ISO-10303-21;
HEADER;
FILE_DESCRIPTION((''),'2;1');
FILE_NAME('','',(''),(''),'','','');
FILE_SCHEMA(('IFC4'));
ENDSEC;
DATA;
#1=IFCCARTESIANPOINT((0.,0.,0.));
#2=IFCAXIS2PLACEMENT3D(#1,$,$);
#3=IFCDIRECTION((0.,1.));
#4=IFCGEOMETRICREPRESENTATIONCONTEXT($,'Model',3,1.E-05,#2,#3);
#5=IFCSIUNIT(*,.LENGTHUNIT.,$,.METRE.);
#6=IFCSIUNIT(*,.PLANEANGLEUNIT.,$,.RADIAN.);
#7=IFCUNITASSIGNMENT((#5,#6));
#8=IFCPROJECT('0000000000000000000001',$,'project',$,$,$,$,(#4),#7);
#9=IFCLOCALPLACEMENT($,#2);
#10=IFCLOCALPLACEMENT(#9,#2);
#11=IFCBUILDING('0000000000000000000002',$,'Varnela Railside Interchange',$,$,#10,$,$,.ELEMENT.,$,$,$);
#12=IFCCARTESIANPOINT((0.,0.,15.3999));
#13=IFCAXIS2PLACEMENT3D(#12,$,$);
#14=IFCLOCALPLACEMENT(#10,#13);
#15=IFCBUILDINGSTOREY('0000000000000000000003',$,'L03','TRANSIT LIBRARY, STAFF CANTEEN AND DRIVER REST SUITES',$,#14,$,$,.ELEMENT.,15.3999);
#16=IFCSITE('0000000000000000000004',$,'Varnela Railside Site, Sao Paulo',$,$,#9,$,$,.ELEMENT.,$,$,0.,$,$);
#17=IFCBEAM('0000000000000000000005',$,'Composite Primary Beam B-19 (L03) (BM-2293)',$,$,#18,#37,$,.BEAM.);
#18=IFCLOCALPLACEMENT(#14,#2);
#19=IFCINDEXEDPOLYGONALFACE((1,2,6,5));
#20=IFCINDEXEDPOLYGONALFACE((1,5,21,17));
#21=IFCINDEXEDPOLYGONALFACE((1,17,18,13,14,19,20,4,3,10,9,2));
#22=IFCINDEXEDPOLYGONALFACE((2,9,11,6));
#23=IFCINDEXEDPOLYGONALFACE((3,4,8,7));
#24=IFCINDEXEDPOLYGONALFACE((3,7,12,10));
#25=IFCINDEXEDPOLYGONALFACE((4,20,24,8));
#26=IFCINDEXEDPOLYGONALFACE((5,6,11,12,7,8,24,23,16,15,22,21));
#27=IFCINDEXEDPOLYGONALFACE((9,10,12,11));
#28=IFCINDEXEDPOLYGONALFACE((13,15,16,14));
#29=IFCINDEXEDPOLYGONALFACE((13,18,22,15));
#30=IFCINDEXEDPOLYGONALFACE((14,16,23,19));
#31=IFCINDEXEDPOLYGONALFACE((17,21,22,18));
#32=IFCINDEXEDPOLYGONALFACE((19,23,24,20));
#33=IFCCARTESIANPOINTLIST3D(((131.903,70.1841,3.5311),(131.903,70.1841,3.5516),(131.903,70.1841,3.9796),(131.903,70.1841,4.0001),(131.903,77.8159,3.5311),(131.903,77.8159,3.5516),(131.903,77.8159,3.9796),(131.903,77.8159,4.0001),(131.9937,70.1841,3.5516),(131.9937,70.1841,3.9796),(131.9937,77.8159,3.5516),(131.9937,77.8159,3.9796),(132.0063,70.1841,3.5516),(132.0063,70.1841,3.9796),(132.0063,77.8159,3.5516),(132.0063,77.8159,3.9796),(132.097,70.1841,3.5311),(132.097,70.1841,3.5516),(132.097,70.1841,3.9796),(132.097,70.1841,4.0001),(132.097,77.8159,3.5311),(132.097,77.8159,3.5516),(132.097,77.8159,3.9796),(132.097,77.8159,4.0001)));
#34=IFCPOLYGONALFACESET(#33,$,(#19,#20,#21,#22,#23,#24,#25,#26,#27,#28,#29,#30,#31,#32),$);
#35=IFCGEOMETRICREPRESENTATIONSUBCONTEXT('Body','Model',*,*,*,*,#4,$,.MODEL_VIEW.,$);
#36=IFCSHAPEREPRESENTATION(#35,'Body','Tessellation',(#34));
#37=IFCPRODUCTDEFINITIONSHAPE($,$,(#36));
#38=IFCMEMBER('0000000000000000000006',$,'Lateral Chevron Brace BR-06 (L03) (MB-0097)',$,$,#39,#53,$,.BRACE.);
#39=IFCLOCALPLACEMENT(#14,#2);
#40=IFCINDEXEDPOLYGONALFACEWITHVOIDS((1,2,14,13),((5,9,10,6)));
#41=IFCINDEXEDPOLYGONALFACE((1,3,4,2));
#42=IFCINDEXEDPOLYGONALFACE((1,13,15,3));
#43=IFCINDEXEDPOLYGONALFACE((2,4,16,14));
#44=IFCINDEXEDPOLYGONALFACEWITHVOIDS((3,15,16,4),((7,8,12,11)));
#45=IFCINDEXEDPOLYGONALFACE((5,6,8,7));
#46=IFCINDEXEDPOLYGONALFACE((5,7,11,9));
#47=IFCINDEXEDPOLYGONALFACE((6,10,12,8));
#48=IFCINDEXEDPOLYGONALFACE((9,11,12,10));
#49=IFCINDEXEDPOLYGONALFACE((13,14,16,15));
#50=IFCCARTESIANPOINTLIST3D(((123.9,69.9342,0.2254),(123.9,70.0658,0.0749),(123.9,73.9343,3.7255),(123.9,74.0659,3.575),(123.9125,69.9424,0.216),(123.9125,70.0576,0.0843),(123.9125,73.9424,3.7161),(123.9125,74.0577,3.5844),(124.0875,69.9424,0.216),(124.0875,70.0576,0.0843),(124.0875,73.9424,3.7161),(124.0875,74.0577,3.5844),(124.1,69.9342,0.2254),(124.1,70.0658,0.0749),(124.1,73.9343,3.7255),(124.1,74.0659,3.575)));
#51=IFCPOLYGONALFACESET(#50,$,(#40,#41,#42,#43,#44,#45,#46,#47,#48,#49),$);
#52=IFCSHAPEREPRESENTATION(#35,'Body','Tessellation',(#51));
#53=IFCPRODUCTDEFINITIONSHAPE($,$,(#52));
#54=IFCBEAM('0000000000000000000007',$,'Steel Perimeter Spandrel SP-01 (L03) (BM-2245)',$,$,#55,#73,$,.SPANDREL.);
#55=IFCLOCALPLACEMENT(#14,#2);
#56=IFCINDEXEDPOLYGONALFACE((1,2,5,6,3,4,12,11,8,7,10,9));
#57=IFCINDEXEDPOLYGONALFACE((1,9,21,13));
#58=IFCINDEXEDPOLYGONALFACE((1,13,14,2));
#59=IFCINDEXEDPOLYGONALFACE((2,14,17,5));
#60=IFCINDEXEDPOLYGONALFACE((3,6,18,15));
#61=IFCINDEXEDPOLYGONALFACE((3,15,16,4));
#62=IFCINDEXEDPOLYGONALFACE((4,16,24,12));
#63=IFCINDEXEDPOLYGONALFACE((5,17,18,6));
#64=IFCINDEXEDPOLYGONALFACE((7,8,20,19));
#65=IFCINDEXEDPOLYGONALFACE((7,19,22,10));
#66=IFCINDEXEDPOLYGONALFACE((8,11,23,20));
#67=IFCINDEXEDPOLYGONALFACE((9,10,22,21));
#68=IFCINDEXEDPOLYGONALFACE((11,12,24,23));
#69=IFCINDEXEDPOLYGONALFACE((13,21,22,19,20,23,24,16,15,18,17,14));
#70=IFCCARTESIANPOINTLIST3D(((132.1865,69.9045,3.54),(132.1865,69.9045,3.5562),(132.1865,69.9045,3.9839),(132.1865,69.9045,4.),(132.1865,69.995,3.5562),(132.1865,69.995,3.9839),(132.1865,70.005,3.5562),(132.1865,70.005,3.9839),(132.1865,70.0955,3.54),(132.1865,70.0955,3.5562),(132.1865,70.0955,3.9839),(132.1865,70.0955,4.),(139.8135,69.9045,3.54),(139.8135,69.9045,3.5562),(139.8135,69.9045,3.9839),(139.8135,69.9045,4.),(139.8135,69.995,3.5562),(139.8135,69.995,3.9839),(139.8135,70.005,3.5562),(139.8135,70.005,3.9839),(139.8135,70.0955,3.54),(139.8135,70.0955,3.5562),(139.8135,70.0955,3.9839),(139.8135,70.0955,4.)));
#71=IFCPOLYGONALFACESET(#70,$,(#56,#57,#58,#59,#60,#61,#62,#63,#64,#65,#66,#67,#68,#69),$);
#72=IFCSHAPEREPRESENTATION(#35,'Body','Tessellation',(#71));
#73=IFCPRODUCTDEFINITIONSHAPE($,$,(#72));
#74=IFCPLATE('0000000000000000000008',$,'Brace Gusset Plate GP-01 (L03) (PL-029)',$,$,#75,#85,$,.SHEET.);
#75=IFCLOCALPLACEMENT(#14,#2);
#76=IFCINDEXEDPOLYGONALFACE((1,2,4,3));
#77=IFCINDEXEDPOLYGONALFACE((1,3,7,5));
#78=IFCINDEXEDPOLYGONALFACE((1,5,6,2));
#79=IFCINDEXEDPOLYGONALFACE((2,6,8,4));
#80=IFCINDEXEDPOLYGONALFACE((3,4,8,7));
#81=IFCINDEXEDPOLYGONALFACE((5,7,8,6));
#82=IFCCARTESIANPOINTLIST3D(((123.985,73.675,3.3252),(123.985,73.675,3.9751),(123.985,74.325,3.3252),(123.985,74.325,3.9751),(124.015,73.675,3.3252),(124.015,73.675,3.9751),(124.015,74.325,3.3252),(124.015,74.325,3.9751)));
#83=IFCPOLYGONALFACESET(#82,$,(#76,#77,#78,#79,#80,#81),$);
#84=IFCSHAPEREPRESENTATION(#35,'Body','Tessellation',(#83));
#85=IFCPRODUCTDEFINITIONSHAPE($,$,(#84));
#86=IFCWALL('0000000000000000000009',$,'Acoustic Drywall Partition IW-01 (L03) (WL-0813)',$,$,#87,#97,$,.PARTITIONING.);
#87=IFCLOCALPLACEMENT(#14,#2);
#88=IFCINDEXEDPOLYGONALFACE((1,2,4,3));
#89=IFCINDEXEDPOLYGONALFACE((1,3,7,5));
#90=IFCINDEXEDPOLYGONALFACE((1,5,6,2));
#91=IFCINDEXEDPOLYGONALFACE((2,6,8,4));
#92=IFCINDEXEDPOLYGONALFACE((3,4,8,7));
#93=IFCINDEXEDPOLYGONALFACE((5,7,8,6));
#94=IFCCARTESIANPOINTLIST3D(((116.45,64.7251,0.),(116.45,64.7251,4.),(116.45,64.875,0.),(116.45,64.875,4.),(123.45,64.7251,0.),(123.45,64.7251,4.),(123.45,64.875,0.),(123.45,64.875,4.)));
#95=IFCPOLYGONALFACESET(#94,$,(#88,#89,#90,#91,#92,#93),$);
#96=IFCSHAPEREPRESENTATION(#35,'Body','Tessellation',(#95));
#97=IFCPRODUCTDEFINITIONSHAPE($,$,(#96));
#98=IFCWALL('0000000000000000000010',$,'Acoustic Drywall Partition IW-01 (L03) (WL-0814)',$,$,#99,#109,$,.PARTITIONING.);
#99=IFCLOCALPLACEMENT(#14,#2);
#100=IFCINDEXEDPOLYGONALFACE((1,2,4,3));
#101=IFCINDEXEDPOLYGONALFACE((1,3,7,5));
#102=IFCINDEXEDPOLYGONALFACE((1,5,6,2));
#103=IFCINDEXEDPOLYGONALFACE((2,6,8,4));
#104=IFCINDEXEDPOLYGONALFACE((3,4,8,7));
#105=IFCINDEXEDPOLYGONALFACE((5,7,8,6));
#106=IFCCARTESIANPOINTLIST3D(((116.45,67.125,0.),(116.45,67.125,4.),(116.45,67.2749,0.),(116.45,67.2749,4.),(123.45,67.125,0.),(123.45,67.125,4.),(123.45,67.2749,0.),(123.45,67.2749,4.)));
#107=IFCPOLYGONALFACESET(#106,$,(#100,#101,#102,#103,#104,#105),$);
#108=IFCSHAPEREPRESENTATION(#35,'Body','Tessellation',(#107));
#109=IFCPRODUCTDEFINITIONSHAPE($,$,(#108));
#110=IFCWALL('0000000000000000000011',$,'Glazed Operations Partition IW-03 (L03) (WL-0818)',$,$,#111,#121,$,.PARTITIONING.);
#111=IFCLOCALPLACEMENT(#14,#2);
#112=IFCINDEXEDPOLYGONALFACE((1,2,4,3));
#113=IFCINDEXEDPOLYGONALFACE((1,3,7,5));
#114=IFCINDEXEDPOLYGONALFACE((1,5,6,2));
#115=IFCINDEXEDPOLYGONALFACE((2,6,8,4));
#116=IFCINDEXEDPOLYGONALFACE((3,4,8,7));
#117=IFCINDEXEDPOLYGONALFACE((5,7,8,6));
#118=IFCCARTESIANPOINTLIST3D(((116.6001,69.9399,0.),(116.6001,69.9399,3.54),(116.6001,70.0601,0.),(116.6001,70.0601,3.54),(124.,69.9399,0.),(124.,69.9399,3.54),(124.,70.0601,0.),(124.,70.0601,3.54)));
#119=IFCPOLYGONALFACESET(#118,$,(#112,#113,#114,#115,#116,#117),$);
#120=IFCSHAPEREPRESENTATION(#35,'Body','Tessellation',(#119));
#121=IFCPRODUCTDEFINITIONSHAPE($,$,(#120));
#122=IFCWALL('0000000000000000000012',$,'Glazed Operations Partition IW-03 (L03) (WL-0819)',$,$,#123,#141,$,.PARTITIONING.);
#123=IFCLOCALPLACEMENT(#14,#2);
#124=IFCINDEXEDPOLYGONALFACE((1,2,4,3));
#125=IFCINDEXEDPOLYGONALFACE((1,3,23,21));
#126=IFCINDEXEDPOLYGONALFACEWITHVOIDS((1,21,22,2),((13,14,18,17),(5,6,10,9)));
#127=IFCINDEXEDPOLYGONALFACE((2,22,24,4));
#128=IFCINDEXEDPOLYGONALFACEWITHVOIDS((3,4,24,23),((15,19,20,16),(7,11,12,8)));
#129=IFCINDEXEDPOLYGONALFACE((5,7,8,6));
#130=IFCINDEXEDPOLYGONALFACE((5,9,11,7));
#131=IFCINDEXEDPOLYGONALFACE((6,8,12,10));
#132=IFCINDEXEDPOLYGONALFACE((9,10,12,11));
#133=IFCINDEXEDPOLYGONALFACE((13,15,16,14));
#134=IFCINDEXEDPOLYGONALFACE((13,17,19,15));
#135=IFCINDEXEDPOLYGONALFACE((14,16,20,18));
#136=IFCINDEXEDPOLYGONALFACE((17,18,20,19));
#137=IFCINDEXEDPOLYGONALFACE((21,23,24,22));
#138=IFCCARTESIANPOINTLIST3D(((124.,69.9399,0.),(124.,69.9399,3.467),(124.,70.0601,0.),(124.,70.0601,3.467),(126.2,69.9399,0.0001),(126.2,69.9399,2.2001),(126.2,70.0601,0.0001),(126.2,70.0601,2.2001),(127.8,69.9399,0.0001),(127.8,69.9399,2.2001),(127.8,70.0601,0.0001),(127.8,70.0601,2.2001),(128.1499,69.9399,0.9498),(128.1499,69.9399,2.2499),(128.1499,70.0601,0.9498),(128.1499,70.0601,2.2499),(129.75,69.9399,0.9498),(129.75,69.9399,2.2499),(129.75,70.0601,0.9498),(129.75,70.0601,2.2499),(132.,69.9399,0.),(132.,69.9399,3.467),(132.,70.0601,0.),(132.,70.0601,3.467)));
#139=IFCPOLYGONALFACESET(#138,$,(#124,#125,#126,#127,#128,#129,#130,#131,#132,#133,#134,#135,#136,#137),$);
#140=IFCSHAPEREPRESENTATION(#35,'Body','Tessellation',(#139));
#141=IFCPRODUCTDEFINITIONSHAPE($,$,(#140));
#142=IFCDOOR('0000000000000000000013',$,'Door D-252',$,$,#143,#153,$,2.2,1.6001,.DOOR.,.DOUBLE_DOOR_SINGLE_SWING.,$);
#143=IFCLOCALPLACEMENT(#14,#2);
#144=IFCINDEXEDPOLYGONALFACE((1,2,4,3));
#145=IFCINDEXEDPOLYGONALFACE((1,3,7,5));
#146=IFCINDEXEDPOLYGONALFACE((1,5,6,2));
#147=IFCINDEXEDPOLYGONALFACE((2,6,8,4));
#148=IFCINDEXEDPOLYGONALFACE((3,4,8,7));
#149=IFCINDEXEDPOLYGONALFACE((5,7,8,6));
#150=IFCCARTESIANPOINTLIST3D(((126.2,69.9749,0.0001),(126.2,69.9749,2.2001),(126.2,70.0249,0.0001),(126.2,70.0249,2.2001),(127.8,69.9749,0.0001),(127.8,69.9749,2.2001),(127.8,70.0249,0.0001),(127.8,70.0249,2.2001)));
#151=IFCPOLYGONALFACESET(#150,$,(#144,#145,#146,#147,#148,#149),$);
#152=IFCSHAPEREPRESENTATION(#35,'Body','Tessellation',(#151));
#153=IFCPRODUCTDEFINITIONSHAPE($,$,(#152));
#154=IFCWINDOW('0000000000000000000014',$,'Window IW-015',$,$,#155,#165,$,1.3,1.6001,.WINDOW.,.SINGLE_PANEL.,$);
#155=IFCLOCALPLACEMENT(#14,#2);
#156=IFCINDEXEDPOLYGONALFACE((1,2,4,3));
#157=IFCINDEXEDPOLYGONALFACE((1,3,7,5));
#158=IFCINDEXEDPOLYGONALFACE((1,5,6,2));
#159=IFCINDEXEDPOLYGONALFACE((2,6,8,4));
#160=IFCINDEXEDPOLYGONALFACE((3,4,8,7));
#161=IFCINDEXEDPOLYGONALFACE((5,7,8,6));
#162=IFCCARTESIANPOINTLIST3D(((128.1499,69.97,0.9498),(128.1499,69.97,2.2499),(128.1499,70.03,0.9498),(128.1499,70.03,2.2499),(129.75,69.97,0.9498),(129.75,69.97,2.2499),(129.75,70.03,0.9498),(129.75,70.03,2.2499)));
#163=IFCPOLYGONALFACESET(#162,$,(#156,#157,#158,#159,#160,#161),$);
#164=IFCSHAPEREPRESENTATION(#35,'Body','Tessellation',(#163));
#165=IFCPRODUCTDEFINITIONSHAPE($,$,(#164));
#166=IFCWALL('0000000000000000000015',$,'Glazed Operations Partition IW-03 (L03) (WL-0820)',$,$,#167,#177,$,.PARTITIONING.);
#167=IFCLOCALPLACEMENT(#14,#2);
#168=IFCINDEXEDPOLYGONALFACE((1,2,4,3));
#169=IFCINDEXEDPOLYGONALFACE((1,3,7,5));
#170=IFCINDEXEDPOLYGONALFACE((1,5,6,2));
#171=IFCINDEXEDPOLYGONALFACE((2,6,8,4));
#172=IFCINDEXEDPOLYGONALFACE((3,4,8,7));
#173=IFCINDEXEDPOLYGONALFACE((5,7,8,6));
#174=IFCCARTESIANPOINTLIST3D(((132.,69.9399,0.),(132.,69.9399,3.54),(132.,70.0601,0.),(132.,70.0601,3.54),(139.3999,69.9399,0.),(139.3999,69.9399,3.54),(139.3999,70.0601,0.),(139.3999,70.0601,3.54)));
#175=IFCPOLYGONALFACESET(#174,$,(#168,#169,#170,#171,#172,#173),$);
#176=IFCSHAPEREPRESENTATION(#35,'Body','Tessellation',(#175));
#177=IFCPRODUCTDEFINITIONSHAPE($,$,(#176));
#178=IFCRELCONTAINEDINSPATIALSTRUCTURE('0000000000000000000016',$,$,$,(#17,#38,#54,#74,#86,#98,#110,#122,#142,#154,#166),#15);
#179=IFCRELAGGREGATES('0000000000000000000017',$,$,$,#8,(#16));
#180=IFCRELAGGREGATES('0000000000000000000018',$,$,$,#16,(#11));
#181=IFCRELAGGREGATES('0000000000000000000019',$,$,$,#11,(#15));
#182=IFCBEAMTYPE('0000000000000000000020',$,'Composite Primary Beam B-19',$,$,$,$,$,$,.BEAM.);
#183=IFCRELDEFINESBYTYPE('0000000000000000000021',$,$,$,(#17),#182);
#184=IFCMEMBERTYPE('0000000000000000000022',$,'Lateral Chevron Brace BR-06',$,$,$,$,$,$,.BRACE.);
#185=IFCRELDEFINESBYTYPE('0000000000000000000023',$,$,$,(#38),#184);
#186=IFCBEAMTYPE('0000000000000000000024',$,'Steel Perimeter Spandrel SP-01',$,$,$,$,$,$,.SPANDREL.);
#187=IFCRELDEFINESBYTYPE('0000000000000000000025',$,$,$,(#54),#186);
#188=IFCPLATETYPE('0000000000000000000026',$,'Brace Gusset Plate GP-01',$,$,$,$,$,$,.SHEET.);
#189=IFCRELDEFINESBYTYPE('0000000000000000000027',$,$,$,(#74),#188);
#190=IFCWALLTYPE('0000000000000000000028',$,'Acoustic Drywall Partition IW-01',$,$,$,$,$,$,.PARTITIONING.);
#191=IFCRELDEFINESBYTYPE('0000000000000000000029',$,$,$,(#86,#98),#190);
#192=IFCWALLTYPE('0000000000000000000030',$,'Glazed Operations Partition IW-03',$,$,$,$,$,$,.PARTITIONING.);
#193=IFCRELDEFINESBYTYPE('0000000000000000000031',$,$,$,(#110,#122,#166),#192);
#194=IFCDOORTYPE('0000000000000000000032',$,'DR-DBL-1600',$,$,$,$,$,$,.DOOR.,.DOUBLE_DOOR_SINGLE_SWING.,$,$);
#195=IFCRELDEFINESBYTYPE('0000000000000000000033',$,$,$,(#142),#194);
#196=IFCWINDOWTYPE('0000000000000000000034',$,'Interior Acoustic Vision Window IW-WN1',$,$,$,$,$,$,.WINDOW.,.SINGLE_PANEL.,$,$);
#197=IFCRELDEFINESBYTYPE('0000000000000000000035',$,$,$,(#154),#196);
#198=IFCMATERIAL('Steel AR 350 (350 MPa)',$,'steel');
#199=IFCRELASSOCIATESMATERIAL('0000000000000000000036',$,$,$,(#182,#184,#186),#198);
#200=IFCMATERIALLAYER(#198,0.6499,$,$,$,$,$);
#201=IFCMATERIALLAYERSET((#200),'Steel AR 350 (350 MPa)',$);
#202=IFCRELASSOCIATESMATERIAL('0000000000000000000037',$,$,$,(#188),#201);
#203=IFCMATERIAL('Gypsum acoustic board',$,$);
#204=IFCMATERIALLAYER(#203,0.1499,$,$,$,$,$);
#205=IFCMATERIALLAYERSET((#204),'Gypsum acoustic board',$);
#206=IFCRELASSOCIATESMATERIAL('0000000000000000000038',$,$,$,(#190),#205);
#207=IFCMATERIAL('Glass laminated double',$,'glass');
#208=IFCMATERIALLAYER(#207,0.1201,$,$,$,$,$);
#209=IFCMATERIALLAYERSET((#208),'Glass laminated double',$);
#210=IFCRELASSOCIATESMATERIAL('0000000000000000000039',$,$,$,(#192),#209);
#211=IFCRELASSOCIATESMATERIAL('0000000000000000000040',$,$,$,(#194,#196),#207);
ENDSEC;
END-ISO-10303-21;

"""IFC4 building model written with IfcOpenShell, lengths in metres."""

from ifc_helpers import new_model, si_unit, direction, frame, frame_2d, origin, origin_2d, place, context, subcontext, project, spatial, rectangle, hollow_rectangle, i_section, extrude, material, layer, layer_set, material_profile, profile_set, type_object, element, fill, save


model = new_model("IFC4")

# Units and contexts
model_context = context("Model", 3, precision=1e-05, world=origin(), true_north=direction((0.0, 1.0)))
body_context = subcontext(model_context, "Body", "Model", "MODEL_VIEW")
ifc_project = project(units=[si_unit("LENGTHUNIT", "METRE"), si_unit("PLANEANGLEUNIT", "RADIAN")], contexts=[model_context])

# Site, building, storey
site_placement = place(None, origin())
site = spatial("IfcSite", under=ifc_project, at=site_placement, Name="Varnela Railside Site, Sao Paulo", CompositionType="ELEMENT", RefElevation=0.0)
building_placement = place(site_placement, origin())
building = spatial("IfcBuilding", under=site, at=building_placement, Name="Varnela Railside Interchange", CompositionType="ELEMENT")
storey_placement = place(building_placement, frame((0.0, 0.0, 15.3999)))
storey = spatial("IfcBuildingStorey", under=building, at=storey_placement, Name="L03", Description="TRANSIT LIBRARY, STAFF CANTEEN AND DRIVER REST SUITES", CompositionType="ELEMENT", Elevation=15.3999)

# Shared definitions
ifc_material_1 = material(Name="Steel AR 350 (350 MPa)", Category="steel")

# Beam
ifc_material_profile_1 = material_profile(ifc_material_1, i_section(OverallWidth=0.1941, OverallDepth=0.469, WebThickness=0.0127, FlangeThickness=0.0205, at=origin_2d()), Name="W460x106")
ifc_profile_set_1 = profile_set([ifc_material_profile_1], Name="Steel AR 350 (350 MPa)")
beam_type_1 = type_object("IfcBeamType", Name="Composite Primary Beam B-19", PredefinedType="BEAM", material=ifc_profile_set_1)
for number, where, z_axis, x_axis, name in (
    (1, (132.0, 70.1841, 3.7656), (0.0, 1.0, 0.0), (-1.0, 0.0, 0.0), "Composite Primary Beam B-19 (L03) (BM-2293)"),
):
    element("IfcBeam", number, at=place(storey_placement, frame(where, z_axis=z_axis, x_axis=x_axis)), inside=storey, type_object=beam_type_1, Name=name, PredefinedType="BEAM", context=body_context, shape_type="SweptSolid", body=[
        extrude(i_section(OverallWidth=0.1941, OverallDepth=0.469, WebThickness=0.0127, FlangeThickness=0.0205, at=origin_2d()), origin(), (0.0, 0.0, 1.0), 7.6318),
    ])

# Member
ifc_material_profile_2 = material_profile(ifc_material_1, hollow_rectangle(XDim=0.2, YDim=0.2, WallThickness=0.0125, at=origin_2d()), Name="HSS 200x200x12.5")
ifc_profile_set_2 = profile_set([ifc_material_profile_2], Name="Steel AR 350 (350 MPa)")
member_type = type_object("IfcMemberType", Name="Lateral Chevron Brace BR-06", PredefinedType="BRACE", material=ifc_profile_set_2)
member_placement = place(storey_placement, frame((124.0, 70.0, 0.1501), z_axis=(0.0, 0.752577, 0.658505), x_axis=(-1.0, 0.0, 0.0)))
element("IfcMember", 2, at=member_placement, inside=storey, type_object=member_type, Name="Lateral Chevron Brace BR-06 (L03) (MB-0097)", PredefinedType="BRACE", context=body_context, shape_type="SweptSolid", body=[
    extrude(hollow_rectangle(XDim=0.2, YDim=0.2, WallThickness=0.0125, at=origin_2d()), origin(), (0.0, 0.0, 1.0), 5.3152),
])

# Beam
ifc_material_profile_3 = material_profile(ifc_material_1, i_section(OverallWidth=0.1909, OverallDepth=0.46, WebThickness=0.01, FlangeThickness=0.0161, at=origin_2d()), Name="W460x82")
ifc_profile_set_3 = profile_set([ifc_material_profile_3], Name="Steel AR 350 (350 MPa)")
beam_type_2 = type_object("IfcBeamType", Name="Steel Perimeter Spandrel SP-01", PredefinedType="SPANDREL", material=ifc_profile_set_3)
beam_1_placement = place(storey_placement, frame((132.1865, 70.0, 3.77), z_axis=(1.0, 0.0, 0.0), x_axis=(0.0, 1.0, 0.0)))
element("IfcBeam", 3, at=beam_1_placement, inside=storey, type_object=beam_type_2, Name="Steel Perimeter Spandrel SP-01 (L03) (BM-2245)", PredefinedType="SPANDREL", context=body_context, shape_type="SweptSolid", body=[
    extrude(i_section(OverallWidth=0.1909, OverallDepth=0.46, WebThickness=0.01, FlangeThickness=0.0161, at=origin_2d()), origin(), (0.0, 0.0, 1.0), 7.627),
])

# Plate
ifc_layer_1 = layer(ifc_material_1, 0.6499)
ifc_layer_set_1 = layer_set([ifc_layer_1], Name="Steel AR 350 (350 MPa)")
plate_type = type_object("IfcPlateType", Name="Brace Gusset Plate GP-01", PredefinedType="SHEET", material=ifc_layer_set_1)
plate_placement = place(storey_placement, frame((124.0, 74.0, 3.3252), z_axis=(0.0, 0.0, 1.0), x_axis=(0.0, 1.0, 0.0)))
element("IfcPlate", 4, at=plate_placement, inside=storey, type_object=plate_type, Name="Brace Gusset Plate GP-01 (L03) (PL-029)", PredefinedType="SHEET", context=body_context, shape_type="SweptSolid", body=[
    extrude(rectangle(XDim=0.6499, YDim=0.03, at=origin_2d()), origin(), (0.0, 0.0, 1.0), 0.6499),
])

# Walls
ifc_material_2 = material(Name="Gypsum acoustic board")
ifc_layer_2 = layer(ifc_material_2, 0.1499)
ifc_layer_set_2 = layer_set([ifc_layer_2], Name="Gypsum acoustic board")
wall_type_1 = type_object("IfcWallType", Name="Acoustic Drywall Partition IW-01", PredefinedType="PARTITIONING", material=ifc_layer_set_2)
for number, where, z_axis, x_axis, name in (
    (5, (116.45, 64.8, 0.0), (0.0, 0.0, 1.0), (1.0, 0.0, 0.0), "Acoustic Drywall Partition IW-01 (L03) (WL-0813)"),
    (6, (116.45, 67.2, 0.0), (0.0, 0.0, 1.0), (1.0, 0.0, 0.0), "Acoustic Drywall Partition IW-01 (L03) (WL-0814)"),
):
    element("IfcWall", number, at=place(storey_placement, frame(where, z_axis=z_axis, x_axis=x_axis)), inside=storey, type_object=wall_type_1, Name=name, PredefinedType="PARTITIONING", context=body_context, shape_type="SweptSolid", body=[
        extrude(rectangle(XDim=7.0, YDim=0.1499, at=frame_2d((3.5, 0.0))), origin(), (0.0, 0.0, 1.0), 4.0),
    ])
ifc_material_3 = material(Name="Glass laminated double", Category="glass")
ifc_layer_3 = layer(ifc_material_3, 0.1201)
ifc_layer_set_3 = layer_set([ifc_layer_3], Name="Glass laminated double")
wall_type_2 = type_object("IfcWallType", Name="Glazed Operations Partition IW-03", PredefinedType="PARTITIONING", material=ifc_layer_set_3)
wall_1_placement = place(storey_placement, frame((116.6001, 70.0, 0.0), z_axis=(0.0, 0.0, 1.0), x_axis=(1.0, 0.0, 0.0)))
element("IfcWall", 7, at=wall_1_placement, inside=storey, type_object=wall_type_2, Name="Glazed Operations Partition IW-03 (L03) (WL-0818)", PredefinedType="PARTITIONING", context=body_context, shape_type="SweptSolid", body=[
    extrude(rectangle(XDim=7.3999, YDim=0.1201, at=frame_2d((3.7, 0.0))), origin(), (0.0, 0.0, 1.0), 3.54),
])

# Wall, openings, door, window
wall_2_placement = place(storey_placement, frame((124.0, 70.0, 0.0), z_axis=(0.0, 0.0, 1.0), x_axis=(1.0, 0.0, 0.0)))
wall_2 = element("IfcWall", 8, at=wall_2_placement, inside=storey, type_object=wall_type_2, Name="Glazed Operations Partition IW-03 (L03) (WL-0819)", PredefinedType="PARTITIONING", context=body_context, shape_type="SweptSolid", body=[
    extrude(rectangle(XDim=8.0, YDim=0.1201, at=frame_2d((4.0, 0.0))), origin(), (0.0, 0.0, 1.0), 3.467),
])
opening_1_placement = place(wall_2_placement, frame((2.2, 0.0, 0.0)))
opening_1 = element("IfcOpeningElement", 9, at=opening_1_placement, cuts=wall_2, PredefinedType="OPENING", context=body_context, shape_type="SweptSolid", body=[
    extrude(rectangle(XDim=1.6001, YDim=2.2, at=frame_2d((0.8, 1.1001))), frame((0.0, 0.0701, 0.0), z_axis=(0.0, -1.0, 0.0), x_axis=(1.0, 0.0, 0.0)), (0.0, 0.0, 1.0), 0.1401),
])
opening_2_placement = place(wall_2_placement, frame((4.1499, 0.0, 0.95)))
opening_2 = element("IfcOpeningElement", 10, at=opening_2_placement, cuts=wall_2, PredefinedType="OPENING", context=body_context, shape_type="SweptSolid", body=[
    extrude(rectangle(XDim=1.6001, YDim=1.3, at=frame_2d((0.8, 0.6499))), frame((0.0, 0.0701, 0.0), z_axis=(0.0, -1.0, 0.0), x_axis=(1.0, 0.0, 0.0)), (0.0, 0.0, 1.0), 0.1401),
])
door_type_1 = type_object("IfcDoorType", Name="DR-DBL-1600", OperationType="DOUBLE_DOOR_SINGLE_SWING", PredefinedType="DOOR", material=ifc_material_3)
door_1_placement = place(opening_1_placement, origin())
door_1 = element("IfcDoor", 11, at=door_1_placement, inside=storey, type_object=door_type_1, Name="Door D-252", OperationType="DOUBLE_DOOR_SINGLE_SWING", OverallHeight=2.2, OverallWidth=1.6001, PredefinedType="DOOR", context=body_context, shape_type="SweptSolid", body=[
    extrude(rectangle(XDim=1.6001, YDim=2.2, at=frame_2d((0.8, 1.1001))), frame((0.0, 0.0249, 0.0), z_axis=(0.0, -1.0, 0.0), x_axis=(1.0, 0.0, 0.0)), (0.0, 0.0, 1.0), 0.05),
])
fill(opening_1, door_1)
window_type = type_object("IfcWindowType", Name="Interior Acoustic Vision Window IW-WN1", PartitioningType="SINGLE_PANEL", PredefinedType="WINDOW", material=ifc_material_3)
window_placement = place(opening_2_placement, origin())
window = element("IfcWindow", 12, at=window_placement, inside=storey, type_object=window_type, Name="Window IW-015", OverallHeight=1.3, OverallWidth=1.6001, PartitioningType="SINGLE_PANEL", PredefinedType="WINDOW", context=body_context, shape_type="SweptSolid", body=[
    extrude(rectangle(XDim=1.6001, YDim=1.3, at=frame_2d((0.8, 0.6499))), frame((0.0, 0.03, 0.0), z_axis=(0.0, -1.0, 0.0), x_axis=(1.0, 0.0, 0.0)), (0.0, 0.0, 1.0), 0.0601),
])
fill(opening_2, window)

# Wall
wall_3_placement = place(storey_placement, frame((132.0, 70.0, 0.0), z_axis=(0.0, 0.0, 1.0), x_axis=(1.0, 0.0, 0.0)))
element("IfcWall", 13, at=wall_3_placement, inside=storey, type_object=wall_type_2, Name="Glazed Operations Partition IW-03 (L03) (WL-0820)", PredefinedType="PARTITIONING", context=body_context, shape_type="SweptSolid", body=[
    extrude(rectangle(XDim=7.3999, YDim=0.1201, at=frame_2d((3.7, 0.0))), origin(), (0.0, 0.0, 1.0), 3.54),
])

save(model, "model.ifc")
